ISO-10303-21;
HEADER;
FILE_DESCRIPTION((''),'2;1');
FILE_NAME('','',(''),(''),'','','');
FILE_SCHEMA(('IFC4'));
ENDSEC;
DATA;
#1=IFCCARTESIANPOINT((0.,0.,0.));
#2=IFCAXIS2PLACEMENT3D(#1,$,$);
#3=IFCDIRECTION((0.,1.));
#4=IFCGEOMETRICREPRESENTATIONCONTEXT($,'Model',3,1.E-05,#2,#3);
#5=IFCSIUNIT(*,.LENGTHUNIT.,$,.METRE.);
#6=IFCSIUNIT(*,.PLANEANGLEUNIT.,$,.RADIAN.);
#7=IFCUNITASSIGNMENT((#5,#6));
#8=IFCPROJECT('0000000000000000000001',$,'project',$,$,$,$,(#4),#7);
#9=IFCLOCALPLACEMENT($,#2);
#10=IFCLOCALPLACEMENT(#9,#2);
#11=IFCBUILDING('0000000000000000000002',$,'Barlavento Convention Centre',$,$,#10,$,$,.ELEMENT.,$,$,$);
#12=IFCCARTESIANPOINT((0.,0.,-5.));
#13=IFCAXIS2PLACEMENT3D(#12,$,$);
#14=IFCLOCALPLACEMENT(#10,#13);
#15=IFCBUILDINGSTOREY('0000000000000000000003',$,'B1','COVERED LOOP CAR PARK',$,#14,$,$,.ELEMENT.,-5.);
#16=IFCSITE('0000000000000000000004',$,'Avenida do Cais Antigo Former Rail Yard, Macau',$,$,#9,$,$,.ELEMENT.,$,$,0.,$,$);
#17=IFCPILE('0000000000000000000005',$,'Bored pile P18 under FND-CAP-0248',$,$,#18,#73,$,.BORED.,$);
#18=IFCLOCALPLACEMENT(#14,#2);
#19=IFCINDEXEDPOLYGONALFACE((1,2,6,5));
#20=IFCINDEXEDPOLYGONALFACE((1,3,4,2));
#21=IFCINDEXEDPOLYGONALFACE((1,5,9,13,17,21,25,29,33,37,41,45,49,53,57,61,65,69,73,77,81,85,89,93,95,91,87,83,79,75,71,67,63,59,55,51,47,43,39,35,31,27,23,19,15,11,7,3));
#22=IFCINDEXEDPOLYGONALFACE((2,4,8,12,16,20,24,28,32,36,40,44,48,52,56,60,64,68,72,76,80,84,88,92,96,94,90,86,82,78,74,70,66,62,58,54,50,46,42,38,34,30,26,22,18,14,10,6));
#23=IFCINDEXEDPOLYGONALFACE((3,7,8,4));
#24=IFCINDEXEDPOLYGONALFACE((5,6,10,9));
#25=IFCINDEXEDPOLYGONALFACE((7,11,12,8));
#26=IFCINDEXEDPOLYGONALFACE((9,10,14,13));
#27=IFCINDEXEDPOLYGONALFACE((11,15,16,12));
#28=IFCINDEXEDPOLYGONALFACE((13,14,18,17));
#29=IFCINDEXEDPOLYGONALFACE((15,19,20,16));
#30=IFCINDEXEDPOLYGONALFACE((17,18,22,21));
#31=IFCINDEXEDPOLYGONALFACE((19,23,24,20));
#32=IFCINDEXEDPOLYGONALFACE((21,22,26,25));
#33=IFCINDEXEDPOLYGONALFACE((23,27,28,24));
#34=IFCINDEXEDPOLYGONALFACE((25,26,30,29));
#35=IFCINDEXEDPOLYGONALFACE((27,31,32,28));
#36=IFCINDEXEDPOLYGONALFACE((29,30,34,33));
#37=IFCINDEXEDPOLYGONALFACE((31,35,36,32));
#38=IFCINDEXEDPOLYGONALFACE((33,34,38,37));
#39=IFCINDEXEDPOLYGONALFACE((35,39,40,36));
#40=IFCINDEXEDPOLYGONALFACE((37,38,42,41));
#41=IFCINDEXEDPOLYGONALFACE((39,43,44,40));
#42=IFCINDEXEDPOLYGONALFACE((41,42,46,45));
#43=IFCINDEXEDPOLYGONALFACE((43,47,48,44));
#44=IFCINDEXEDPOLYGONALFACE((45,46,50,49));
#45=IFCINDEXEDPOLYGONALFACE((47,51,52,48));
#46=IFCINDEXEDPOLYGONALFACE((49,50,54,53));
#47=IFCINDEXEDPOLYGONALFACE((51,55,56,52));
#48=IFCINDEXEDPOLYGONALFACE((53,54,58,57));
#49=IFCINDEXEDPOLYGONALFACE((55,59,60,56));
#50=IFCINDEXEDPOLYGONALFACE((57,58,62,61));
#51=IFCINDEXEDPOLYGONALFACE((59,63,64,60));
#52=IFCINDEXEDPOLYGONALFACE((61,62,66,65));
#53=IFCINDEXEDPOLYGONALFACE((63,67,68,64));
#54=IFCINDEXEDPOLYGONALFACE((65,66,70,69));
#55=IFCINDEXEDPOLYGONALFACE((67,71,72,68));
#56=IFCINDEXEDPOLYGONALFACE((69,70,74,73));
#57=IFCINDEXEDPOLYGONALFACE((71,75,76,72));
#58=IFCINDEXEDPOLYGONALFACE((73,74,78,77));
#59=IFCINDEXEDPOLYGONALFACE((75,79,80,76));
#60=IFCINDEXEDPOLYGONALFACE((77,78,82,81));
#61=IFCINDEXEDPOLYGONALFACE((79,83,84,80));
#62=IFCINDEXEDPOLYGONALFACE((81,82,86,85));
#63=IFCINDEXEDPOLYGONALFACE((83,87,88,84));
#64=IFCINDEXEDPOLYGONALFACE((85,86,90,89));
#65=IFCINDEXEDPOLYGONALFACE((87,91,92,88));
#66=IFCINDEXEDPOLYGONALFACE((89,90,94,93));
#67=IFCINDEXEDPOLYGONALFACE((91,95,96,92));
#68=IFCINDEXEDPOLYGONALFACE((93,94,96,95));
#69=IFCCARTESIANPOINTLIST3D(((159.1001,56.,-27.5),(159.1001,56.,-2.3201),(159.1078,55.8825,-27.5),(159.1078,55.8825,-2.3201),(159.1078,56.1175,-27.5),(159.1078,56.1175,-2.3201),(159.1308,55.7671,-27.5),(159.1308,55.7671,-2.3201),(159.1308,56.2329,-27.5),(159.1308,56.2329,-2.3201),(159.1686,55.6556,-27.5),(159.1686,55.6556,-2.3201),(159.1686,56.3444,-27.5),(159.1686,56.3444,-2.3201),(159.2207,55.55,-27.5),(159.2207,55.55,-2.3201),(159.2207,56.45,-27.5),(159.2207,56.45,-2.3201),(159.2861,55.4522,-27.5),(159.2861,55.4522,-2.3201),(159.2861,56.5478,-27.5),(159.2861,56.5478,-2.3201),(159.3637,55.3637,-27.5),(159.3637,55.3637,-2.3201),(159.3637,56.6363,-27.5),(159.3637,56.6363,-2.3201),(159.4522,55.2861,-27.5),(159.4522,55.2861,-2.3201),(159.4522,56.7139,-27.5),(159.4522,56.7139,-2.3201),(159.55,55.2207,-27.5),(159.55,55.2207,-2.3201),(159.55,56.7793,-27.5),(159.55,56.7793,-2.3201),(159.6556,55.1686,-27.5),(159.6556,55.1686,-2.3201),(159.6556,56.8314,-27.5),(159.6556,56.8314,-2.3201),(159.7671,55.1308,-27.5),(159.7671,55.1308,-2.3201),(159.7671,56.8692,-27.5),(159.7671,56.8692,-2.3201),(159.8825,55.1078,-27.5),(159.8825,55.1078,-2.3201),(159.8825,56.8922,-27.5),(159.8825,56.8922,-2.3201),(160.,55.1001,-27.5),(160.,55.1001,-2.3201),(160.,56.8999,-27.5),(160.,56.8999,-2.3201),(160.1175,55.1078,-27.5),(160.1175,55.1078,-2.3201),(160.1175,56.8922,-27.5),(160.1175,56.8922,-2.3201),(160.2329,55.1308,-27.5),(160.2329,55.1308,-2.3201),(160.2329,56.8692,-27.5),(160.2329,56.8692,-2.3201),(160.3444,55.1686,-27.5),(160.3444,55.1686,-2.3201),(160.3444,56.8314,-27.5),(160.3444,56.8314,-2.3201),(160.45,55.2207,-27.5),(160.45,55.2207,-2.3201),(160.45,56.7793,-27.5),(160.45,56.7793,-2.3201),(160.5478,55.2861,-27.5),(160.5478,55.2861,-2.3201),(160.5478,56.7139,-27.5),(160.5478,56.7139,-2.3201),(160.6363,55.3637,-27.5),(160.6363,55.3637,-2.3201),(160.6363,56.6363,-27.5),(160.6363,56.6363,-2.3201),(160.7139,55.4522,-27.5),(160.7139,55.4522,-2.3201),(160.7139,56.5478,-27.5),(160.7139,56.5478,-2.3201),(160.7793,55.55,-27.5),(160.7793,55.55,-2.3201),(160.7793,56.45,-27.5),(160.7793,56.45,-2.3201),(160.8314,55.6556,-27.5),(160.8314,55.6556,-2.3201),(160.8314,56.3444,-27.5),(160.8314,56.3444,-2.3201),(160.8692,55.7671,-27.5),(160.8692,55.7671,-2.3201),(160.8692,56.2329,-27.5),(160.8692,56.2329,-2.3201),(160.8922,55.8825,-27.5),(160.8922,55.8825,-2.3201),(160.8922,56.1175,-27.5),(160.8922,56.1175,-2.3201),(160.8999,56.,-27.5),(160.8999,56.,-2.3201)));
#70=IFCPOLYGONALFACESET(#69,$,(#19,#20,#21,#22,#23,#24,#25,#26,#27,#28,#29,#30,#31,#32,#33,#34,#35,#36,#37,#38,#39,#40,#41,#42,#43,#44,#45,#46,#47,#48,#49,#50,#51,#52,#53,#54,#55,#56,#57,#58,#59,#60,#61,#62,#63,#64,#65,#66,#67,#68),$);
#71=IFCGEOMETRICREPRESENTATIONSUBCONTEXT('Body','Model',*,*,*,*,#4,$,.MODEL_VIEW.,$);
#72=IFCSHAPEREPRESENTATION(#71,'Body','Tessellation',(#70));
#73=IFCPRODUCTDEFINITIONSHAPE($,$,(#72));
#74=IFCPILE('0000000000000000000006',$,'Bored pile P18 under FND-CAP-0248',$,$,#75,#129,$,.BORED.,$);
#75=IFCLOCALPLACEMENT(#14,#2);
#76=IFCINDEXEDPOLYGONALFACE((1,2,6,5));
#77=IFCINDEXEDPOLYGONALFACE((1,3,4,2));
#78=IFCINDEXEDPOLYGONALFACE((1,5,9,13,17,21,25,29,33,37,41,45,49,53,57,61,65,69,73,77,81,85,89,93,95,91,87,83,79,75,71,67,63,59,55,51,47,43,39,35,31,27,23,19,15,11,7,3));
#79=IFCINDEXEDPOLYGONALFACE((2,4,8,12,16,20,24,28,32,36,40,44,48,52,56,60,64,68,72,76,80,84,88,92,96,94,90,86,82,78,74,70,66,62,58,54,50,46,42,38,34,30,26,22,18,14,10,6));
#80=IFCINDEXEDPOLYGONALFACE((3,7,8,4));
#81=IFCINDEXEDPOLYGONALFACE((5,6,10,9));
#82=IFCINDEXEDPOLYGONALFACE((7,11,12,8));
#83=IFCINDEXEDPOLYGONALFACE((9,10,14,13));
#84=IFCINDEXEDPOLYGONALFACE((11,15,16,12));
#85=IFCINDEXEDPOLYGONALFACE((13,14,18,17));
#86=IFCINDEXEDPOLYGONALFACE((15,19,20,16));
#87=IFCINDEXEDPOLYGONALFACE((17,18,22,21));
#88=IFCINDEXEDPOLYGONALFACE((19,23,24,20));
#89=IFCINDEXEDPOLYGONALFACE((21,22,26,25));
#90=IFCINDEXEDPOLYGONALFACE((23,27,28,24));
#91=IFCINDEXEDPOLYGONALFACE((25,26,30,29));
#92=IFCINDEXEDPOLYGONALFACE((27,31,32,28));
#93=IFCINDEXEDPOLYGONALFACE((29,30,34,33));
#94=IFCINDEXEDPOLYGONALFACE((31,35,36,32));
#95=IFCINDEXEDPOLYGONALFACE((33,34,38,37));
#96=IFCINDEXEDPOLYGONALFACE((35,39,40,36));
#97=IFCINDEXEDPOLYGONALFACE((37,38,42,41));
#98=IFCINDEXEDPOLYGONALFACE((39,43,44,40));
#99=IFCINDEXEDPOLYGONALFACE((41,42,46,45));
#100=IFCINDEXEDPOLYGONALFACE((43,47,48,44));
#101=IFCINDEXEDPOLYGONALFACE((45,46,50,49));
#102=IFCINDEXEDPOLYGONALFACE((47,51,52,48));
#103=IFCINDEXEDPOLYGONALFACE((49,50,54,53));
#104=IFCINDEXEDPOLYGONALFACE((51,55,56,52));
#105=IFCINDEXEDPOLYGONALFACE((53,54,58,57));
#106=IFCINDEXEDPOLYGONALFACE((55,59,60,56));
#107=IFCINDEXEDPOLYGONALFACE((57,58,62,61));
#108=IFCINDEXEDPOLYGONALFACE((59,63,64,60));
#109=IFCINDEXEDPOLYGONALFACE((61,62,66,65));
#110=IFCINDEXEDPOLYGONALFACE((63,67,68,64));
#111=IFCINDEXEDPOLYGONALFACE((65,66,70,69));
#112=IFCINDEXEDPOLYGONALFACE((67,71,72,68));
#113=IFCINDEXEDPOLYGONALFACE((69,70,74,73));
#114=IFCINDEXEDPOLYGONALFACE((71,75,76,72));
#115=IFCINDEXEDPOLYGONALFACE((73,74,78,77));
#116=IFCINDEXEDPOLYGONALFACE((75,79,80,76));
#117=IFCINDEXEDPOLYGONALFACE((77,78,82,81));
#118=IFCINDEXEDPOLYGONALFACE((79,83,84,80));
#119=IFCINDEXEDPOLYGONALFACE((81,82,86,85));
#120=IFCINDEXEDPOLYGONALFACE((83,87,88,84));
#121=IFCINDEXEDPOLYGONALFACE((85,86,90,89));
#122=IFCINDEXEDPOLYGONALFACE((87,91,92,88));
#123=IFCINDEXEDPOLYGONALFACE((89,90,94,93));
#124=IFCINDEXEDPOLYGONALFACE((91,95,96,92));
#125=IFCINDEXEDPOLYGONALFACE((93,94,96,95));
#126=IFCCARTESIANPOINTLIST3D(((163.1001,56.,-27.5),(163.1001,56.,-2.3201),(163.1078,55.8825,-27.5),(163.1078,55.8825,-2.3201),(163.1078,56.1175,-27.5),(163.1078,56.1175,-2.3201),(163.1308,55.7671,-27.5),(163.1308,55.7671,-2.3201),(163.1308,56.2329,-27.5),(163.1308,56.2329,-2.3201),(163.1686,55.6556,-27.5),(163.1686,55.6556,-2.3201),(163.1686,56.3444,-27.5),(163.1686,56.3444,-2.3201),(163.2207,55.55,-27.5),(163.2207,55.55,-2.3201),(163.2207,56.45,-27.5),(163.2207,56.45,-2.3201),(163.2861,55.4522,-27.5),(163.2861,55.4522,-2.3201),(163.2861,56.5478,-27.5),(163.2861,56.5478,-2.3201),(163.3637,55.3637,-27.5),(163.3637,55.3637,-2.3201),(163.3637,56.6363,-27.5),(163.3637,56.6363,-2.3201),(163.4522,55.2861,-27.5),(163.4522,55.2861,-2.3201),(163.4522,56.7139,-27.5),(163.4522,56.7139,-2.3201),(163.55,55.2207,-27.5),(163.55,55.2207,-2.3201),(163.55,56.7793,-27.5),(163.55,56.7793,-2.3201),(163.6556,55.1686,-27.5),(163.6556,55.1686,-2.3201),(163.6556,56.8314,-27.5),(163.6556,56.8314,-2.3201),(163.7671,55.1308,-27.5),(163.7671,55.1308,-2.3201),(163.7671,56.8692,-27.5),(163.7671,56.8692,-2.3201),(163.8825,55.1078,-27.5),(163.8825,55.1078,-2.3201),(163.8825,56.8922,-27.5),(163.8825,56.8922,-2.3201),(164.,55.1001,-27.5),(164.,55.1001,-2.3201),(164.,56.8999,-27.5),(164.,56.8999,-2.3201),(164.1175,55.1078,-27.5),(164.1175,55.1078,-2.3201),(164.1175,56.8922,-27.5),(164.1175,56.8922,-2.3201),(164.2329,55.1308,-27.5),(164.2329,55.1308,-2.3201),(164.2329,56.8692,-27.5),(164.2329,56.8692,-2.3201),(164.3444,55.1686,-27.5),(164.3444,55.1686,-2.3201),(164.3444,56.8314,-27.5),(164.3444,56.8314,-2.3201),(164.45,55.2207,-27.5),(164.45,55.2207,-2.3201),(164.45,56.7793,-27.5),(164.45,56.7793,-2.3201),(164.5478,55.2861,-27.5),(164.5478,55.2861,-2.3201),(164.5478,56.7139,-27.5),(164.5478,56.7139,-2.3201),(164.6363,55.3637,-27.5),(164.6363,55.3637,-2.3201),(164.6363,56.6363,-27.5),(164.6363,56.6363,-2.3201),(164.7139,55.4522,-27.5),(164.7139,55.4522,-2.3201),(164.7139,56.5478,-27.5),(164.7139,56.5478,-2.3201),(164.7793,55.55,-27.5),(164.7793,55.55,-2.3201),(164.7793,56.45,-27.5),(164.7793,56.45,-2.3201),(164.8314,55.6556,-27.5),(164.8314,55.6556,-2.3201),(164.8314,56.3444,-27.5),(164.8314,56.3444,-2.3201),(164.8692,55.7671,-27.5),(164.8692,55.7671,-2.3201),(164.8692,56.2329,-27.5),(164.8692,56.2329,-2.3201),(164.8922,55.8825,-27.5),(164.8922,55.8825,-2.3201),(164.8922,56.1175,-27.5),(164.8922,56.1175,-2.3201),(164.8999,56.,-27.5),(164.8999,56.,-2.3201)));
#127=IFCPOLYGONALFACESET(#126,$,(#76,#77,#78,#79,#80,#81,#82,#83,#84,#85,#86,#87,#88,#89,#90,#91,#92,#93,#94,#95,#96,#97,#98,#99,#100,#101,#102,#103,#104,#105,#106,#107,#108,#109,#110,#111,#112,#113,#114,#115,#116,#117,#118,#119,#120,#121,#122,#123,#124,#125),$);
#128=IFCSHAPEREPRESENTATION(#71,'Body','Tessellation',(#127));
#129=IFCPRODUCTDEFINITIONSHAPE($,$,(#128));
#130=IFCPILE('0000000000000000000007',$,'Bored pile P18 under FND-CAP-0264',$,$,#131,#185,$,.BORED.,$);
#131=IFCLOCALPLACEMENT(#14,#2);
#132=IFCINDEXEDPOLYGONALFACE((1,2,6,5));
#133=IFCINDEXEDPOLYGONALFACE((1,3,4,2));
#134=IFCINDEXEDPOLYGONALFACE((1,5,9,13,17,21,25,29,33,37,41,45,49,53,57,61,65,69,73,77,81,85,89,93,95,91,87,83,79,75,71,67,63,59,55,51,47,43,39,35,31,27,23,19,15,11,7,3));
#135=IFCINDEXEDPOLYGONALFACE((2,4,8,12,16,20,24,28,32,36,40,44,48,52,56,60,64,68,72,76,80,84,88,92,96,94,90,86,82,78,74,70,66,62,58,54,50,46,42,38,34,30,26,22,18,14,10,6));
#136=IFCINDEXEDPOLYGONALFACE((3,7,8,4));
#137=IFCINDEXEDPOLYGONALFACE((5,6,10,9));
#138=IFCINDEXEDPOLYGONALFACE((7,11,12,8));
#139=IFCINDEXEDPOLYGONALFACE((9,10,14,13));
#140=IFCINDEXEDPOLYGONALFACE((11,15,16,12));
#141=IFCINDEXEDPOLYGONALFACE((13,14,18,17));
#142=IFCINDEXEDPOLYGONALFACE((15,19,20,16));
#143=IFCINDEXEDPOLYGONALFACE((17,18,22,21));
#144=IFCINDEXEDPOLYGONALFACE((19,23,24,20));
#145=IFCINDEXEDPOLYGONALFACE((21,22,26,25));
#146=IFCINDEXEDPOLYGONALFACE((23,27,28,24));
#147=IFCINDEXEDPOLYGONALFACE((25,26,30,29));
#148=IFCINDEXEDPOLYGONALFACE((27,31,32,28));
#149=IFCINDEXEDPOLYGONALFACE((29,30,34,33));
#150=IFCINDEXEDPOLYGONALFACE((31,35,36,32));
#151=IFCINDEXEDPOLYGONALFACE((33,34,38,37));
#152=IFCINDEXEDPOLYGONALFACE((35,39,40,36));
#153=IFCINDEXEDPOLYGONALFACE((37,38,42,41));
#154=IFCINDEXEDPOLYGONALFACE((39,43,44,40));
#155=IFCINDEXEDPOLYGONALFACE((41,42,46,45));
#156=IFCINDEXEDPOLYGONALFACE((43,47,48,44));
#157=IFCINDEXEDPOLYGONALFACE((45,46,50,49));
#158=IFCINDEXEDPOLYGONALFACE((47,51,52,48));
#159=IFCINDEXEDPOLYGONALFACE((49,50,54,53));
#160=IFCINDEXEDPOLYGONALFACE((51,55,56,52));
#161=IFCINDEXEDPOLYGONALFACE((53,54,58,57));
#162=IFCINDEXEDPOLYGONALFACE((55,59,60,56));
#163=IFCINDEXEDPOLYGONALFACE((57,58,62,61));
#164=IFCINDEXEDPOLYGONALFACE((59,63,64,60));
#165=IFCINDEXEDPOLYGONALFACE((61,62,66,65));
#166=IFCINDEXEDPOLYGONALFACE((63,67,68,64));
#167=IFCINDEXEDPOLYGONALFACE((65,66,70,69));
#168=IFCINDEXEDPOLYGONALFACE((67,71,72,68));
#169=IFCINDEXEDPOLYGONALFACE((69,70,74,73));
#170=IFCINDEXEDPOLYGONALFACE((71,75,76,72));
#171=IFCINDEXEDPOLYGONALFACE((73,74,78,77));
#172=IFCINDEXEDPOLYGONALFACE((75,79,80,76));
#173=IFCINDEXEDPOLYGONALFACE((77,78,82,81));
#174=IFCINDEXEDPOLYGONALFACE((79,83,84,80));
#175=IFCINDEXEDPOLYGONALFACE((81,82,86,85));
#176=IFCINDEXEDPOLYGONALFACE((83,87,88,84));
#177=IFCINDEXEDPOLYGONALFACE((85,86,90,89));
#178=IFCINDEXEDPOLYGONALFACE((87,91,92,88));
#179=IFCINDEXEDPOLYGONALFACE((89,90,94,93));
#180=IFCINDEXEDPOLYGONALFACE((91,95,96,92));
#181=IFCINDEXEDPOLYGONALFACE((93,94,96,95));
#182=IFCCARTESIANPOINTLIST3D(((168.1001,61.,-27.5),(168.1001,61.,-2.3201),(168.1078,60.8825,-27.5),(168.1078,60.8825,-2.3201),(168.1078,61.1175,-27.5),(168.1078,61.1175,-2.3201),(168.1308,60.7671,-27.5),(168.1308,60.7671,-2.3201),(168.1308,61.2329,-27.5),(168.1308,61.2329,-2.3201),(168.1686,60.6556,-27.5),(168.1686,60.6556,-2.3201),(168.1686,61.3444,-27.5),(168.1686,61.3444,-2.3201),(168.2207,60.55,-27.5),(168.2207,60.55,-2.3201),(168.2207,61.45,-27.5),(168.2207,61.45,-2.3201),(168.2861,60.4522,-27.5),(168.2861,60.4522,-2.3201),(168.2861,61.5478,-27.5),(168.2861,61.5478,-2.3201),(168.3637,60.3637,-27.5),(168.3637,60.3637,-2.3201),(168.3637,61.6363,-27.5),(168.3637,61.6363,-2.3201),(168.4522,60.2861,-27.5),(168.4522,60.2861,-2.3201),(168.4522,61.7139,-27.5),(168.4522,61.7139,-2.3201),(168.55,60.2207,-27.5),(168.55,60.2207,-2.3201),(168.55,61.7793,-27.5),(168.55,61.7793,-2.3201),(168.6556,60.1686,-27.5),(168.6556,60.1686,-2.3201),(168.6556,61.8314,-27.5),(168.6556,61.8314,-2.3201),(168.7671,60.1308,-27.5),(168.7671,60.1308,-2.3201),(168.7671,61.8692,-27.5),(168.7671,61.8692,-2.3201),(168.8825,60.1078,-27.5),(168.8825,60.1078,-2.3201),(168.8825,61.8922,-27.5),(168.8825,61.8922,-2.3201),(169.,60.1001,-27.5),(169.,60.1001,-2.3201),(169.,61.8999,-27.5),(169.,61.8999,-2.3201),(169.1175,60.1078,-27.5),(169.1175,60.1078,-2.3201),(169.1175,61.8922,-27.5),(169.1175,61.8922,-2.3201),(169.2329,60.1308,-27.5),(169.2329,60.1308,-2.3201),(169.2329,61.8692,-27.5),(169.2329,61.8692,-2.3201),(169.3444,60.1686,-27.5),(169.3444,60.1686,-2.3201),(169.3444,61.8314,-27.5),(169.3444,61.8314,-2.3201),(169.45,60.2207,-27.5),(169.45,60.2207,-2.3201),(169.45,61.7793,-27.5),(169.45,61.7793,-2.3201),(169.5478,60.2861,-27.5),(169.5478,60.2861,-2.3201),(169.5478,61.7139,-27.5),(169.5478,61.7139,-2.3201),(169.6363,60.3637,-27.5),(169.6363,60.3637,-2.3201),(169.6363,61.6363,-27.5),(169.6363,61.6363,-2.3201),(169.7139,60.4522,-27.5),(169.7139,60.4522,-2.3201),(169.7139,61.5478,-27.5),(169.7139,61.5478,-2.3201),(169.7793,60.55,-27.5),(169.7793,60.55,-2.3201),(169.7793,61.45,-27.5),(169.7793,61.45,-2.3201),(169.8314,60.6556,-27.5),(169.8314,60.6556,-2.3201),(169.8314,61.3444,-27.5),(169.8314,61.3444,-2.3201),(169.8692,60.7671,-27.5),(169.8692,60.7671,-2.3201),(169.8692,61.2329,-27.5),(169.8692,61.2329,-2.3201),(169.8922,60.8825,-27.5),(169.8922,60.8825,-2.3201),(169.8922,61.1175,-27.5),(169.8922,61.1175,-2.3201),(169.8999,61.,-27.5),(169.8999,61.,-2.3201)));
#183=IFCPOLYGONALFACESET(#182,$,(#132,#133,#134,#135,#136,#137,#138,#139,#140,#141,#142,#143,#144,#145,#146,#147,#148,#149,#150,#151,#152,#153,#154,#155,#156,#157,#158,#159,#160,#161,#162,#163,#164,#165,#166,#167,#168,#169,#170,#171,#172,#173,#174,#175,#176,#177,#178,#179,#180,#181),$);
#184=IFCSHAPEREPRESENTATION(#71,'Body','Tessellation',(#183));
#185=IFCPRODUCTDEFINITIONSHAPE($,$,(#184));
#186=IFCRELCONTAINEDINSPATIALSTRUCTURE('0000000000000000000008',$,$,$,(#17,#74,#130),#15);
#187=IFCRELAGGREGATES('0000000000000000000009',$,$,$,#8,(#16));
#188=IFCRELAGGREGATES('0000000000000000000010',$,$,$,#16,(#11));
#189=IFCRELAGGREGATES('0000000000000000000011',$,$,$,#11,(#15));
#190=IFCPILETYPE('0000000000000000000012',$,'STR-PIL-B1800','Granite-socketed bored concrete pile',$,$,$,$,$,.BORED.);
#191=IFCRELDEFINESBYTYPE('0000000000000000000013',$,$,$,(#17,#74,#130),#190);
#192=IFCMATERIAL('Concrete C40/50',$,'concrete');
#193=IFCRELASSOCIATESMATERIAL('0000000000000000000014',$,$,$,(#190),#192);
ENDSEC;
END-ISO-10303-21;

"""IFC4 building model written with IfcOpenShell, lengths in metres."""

from ifc_helpers import new_model, si_unit, direction, frame, origin, origin_2d, place, context, subcontext, project, spatial, circle, extrude, material, material_profile, profile_set, type_object, element, save


model = new_model("IFC4")

# Units and contexts
model_context = context("Model", 3, precision=1e-05, world=origin(), true_north=direction((0.0, 1.0)))
body_context = subcontext(model_context, "Body", "Model", "MODEL_VIEW")
ifc_project = project(units=[si_unit("LENGTHUNIT", "METRE"), si_unit("PLANEANGLEUNIT", "RADIAN")], contexts=[model_context])

# Site, building, storey
site_placement = place(None, origin())
site = spatial("IfcSite", under=ifc_project, at=site_placement, Name="Avenida do Cais Antigo Former Rail Yard, Macau", CompositionType="ELEMENT", RefElevation=0.0)
building_placement = place(site_placement, origin())
building = spatial("IfcBuilding", under=site, at=building_placement, Name="Barlavento Convention Centre", CompositionType="ELEMENT")
storey_placement = place(building_placement, frame((0.0, 0.0, -5.0)))
storey = spatial("IfcBuildingStorey", under=building, at=storey_placement, Name="B1", Description="COVERED LOOP CAR PARK", CompositionType="ELEMENT", Elevation=-5.0)

# Shared definitions
ifc_material_1 = material(Name="Concrete C40/50", Category="concrete")

# Piles
ifc_material_profile_1 = material_profile(ifc_material_1, circle(Radius=0.8999, at=origin_2d()), Name="BORED PILE 1800")
ifc_profile_set_1 = profile_set([ifc_material_profile_1], Name="Concrete C40/50")
pile_type_1 = type_object("IfcPileType", Name="STR-PIL-B1800", Description="Granite-socketed bored concrete pile", PredefinedType="BORED", material=ifc_profile_set_1)
for number, where, z_axis, x_axis, name in (
    (1, (160.0, 56.0, -2.3201), (0.0, 0.0, -1.0), (1.0, 0.0, 0.0), "Bored pile P18 under FND-CAP-0248"),
    (2, (164.0, 56.0, -2.3201), (0.0, 0.0, -1.0), (1.0, 0.0, 0.0), "Bored pile P18 under FND-CAP-0248"),
    (3, (169.0, 61.0, -2.3201), (0.0, 0.0, -1.0), (1.0, 0.0, 0.0), "Bored pile P18 under FND-CAP-0264"),
):
    element("IfcPile", number, at=place(storey_placement, frame(where, z_axis=z_axis, x_axis=x_axis)), inside=storey, type_object=pile_type_1, Name=name, PredefinedType="BORED", context=body_context, shape_type="SweptSolid", body=[
        extrude(circle(Radius=0.8999, at=origin_2d()), origin(), (0.0, 0.0, 1.0), 25.1799),
    ])

save(model, "model.ifc")
